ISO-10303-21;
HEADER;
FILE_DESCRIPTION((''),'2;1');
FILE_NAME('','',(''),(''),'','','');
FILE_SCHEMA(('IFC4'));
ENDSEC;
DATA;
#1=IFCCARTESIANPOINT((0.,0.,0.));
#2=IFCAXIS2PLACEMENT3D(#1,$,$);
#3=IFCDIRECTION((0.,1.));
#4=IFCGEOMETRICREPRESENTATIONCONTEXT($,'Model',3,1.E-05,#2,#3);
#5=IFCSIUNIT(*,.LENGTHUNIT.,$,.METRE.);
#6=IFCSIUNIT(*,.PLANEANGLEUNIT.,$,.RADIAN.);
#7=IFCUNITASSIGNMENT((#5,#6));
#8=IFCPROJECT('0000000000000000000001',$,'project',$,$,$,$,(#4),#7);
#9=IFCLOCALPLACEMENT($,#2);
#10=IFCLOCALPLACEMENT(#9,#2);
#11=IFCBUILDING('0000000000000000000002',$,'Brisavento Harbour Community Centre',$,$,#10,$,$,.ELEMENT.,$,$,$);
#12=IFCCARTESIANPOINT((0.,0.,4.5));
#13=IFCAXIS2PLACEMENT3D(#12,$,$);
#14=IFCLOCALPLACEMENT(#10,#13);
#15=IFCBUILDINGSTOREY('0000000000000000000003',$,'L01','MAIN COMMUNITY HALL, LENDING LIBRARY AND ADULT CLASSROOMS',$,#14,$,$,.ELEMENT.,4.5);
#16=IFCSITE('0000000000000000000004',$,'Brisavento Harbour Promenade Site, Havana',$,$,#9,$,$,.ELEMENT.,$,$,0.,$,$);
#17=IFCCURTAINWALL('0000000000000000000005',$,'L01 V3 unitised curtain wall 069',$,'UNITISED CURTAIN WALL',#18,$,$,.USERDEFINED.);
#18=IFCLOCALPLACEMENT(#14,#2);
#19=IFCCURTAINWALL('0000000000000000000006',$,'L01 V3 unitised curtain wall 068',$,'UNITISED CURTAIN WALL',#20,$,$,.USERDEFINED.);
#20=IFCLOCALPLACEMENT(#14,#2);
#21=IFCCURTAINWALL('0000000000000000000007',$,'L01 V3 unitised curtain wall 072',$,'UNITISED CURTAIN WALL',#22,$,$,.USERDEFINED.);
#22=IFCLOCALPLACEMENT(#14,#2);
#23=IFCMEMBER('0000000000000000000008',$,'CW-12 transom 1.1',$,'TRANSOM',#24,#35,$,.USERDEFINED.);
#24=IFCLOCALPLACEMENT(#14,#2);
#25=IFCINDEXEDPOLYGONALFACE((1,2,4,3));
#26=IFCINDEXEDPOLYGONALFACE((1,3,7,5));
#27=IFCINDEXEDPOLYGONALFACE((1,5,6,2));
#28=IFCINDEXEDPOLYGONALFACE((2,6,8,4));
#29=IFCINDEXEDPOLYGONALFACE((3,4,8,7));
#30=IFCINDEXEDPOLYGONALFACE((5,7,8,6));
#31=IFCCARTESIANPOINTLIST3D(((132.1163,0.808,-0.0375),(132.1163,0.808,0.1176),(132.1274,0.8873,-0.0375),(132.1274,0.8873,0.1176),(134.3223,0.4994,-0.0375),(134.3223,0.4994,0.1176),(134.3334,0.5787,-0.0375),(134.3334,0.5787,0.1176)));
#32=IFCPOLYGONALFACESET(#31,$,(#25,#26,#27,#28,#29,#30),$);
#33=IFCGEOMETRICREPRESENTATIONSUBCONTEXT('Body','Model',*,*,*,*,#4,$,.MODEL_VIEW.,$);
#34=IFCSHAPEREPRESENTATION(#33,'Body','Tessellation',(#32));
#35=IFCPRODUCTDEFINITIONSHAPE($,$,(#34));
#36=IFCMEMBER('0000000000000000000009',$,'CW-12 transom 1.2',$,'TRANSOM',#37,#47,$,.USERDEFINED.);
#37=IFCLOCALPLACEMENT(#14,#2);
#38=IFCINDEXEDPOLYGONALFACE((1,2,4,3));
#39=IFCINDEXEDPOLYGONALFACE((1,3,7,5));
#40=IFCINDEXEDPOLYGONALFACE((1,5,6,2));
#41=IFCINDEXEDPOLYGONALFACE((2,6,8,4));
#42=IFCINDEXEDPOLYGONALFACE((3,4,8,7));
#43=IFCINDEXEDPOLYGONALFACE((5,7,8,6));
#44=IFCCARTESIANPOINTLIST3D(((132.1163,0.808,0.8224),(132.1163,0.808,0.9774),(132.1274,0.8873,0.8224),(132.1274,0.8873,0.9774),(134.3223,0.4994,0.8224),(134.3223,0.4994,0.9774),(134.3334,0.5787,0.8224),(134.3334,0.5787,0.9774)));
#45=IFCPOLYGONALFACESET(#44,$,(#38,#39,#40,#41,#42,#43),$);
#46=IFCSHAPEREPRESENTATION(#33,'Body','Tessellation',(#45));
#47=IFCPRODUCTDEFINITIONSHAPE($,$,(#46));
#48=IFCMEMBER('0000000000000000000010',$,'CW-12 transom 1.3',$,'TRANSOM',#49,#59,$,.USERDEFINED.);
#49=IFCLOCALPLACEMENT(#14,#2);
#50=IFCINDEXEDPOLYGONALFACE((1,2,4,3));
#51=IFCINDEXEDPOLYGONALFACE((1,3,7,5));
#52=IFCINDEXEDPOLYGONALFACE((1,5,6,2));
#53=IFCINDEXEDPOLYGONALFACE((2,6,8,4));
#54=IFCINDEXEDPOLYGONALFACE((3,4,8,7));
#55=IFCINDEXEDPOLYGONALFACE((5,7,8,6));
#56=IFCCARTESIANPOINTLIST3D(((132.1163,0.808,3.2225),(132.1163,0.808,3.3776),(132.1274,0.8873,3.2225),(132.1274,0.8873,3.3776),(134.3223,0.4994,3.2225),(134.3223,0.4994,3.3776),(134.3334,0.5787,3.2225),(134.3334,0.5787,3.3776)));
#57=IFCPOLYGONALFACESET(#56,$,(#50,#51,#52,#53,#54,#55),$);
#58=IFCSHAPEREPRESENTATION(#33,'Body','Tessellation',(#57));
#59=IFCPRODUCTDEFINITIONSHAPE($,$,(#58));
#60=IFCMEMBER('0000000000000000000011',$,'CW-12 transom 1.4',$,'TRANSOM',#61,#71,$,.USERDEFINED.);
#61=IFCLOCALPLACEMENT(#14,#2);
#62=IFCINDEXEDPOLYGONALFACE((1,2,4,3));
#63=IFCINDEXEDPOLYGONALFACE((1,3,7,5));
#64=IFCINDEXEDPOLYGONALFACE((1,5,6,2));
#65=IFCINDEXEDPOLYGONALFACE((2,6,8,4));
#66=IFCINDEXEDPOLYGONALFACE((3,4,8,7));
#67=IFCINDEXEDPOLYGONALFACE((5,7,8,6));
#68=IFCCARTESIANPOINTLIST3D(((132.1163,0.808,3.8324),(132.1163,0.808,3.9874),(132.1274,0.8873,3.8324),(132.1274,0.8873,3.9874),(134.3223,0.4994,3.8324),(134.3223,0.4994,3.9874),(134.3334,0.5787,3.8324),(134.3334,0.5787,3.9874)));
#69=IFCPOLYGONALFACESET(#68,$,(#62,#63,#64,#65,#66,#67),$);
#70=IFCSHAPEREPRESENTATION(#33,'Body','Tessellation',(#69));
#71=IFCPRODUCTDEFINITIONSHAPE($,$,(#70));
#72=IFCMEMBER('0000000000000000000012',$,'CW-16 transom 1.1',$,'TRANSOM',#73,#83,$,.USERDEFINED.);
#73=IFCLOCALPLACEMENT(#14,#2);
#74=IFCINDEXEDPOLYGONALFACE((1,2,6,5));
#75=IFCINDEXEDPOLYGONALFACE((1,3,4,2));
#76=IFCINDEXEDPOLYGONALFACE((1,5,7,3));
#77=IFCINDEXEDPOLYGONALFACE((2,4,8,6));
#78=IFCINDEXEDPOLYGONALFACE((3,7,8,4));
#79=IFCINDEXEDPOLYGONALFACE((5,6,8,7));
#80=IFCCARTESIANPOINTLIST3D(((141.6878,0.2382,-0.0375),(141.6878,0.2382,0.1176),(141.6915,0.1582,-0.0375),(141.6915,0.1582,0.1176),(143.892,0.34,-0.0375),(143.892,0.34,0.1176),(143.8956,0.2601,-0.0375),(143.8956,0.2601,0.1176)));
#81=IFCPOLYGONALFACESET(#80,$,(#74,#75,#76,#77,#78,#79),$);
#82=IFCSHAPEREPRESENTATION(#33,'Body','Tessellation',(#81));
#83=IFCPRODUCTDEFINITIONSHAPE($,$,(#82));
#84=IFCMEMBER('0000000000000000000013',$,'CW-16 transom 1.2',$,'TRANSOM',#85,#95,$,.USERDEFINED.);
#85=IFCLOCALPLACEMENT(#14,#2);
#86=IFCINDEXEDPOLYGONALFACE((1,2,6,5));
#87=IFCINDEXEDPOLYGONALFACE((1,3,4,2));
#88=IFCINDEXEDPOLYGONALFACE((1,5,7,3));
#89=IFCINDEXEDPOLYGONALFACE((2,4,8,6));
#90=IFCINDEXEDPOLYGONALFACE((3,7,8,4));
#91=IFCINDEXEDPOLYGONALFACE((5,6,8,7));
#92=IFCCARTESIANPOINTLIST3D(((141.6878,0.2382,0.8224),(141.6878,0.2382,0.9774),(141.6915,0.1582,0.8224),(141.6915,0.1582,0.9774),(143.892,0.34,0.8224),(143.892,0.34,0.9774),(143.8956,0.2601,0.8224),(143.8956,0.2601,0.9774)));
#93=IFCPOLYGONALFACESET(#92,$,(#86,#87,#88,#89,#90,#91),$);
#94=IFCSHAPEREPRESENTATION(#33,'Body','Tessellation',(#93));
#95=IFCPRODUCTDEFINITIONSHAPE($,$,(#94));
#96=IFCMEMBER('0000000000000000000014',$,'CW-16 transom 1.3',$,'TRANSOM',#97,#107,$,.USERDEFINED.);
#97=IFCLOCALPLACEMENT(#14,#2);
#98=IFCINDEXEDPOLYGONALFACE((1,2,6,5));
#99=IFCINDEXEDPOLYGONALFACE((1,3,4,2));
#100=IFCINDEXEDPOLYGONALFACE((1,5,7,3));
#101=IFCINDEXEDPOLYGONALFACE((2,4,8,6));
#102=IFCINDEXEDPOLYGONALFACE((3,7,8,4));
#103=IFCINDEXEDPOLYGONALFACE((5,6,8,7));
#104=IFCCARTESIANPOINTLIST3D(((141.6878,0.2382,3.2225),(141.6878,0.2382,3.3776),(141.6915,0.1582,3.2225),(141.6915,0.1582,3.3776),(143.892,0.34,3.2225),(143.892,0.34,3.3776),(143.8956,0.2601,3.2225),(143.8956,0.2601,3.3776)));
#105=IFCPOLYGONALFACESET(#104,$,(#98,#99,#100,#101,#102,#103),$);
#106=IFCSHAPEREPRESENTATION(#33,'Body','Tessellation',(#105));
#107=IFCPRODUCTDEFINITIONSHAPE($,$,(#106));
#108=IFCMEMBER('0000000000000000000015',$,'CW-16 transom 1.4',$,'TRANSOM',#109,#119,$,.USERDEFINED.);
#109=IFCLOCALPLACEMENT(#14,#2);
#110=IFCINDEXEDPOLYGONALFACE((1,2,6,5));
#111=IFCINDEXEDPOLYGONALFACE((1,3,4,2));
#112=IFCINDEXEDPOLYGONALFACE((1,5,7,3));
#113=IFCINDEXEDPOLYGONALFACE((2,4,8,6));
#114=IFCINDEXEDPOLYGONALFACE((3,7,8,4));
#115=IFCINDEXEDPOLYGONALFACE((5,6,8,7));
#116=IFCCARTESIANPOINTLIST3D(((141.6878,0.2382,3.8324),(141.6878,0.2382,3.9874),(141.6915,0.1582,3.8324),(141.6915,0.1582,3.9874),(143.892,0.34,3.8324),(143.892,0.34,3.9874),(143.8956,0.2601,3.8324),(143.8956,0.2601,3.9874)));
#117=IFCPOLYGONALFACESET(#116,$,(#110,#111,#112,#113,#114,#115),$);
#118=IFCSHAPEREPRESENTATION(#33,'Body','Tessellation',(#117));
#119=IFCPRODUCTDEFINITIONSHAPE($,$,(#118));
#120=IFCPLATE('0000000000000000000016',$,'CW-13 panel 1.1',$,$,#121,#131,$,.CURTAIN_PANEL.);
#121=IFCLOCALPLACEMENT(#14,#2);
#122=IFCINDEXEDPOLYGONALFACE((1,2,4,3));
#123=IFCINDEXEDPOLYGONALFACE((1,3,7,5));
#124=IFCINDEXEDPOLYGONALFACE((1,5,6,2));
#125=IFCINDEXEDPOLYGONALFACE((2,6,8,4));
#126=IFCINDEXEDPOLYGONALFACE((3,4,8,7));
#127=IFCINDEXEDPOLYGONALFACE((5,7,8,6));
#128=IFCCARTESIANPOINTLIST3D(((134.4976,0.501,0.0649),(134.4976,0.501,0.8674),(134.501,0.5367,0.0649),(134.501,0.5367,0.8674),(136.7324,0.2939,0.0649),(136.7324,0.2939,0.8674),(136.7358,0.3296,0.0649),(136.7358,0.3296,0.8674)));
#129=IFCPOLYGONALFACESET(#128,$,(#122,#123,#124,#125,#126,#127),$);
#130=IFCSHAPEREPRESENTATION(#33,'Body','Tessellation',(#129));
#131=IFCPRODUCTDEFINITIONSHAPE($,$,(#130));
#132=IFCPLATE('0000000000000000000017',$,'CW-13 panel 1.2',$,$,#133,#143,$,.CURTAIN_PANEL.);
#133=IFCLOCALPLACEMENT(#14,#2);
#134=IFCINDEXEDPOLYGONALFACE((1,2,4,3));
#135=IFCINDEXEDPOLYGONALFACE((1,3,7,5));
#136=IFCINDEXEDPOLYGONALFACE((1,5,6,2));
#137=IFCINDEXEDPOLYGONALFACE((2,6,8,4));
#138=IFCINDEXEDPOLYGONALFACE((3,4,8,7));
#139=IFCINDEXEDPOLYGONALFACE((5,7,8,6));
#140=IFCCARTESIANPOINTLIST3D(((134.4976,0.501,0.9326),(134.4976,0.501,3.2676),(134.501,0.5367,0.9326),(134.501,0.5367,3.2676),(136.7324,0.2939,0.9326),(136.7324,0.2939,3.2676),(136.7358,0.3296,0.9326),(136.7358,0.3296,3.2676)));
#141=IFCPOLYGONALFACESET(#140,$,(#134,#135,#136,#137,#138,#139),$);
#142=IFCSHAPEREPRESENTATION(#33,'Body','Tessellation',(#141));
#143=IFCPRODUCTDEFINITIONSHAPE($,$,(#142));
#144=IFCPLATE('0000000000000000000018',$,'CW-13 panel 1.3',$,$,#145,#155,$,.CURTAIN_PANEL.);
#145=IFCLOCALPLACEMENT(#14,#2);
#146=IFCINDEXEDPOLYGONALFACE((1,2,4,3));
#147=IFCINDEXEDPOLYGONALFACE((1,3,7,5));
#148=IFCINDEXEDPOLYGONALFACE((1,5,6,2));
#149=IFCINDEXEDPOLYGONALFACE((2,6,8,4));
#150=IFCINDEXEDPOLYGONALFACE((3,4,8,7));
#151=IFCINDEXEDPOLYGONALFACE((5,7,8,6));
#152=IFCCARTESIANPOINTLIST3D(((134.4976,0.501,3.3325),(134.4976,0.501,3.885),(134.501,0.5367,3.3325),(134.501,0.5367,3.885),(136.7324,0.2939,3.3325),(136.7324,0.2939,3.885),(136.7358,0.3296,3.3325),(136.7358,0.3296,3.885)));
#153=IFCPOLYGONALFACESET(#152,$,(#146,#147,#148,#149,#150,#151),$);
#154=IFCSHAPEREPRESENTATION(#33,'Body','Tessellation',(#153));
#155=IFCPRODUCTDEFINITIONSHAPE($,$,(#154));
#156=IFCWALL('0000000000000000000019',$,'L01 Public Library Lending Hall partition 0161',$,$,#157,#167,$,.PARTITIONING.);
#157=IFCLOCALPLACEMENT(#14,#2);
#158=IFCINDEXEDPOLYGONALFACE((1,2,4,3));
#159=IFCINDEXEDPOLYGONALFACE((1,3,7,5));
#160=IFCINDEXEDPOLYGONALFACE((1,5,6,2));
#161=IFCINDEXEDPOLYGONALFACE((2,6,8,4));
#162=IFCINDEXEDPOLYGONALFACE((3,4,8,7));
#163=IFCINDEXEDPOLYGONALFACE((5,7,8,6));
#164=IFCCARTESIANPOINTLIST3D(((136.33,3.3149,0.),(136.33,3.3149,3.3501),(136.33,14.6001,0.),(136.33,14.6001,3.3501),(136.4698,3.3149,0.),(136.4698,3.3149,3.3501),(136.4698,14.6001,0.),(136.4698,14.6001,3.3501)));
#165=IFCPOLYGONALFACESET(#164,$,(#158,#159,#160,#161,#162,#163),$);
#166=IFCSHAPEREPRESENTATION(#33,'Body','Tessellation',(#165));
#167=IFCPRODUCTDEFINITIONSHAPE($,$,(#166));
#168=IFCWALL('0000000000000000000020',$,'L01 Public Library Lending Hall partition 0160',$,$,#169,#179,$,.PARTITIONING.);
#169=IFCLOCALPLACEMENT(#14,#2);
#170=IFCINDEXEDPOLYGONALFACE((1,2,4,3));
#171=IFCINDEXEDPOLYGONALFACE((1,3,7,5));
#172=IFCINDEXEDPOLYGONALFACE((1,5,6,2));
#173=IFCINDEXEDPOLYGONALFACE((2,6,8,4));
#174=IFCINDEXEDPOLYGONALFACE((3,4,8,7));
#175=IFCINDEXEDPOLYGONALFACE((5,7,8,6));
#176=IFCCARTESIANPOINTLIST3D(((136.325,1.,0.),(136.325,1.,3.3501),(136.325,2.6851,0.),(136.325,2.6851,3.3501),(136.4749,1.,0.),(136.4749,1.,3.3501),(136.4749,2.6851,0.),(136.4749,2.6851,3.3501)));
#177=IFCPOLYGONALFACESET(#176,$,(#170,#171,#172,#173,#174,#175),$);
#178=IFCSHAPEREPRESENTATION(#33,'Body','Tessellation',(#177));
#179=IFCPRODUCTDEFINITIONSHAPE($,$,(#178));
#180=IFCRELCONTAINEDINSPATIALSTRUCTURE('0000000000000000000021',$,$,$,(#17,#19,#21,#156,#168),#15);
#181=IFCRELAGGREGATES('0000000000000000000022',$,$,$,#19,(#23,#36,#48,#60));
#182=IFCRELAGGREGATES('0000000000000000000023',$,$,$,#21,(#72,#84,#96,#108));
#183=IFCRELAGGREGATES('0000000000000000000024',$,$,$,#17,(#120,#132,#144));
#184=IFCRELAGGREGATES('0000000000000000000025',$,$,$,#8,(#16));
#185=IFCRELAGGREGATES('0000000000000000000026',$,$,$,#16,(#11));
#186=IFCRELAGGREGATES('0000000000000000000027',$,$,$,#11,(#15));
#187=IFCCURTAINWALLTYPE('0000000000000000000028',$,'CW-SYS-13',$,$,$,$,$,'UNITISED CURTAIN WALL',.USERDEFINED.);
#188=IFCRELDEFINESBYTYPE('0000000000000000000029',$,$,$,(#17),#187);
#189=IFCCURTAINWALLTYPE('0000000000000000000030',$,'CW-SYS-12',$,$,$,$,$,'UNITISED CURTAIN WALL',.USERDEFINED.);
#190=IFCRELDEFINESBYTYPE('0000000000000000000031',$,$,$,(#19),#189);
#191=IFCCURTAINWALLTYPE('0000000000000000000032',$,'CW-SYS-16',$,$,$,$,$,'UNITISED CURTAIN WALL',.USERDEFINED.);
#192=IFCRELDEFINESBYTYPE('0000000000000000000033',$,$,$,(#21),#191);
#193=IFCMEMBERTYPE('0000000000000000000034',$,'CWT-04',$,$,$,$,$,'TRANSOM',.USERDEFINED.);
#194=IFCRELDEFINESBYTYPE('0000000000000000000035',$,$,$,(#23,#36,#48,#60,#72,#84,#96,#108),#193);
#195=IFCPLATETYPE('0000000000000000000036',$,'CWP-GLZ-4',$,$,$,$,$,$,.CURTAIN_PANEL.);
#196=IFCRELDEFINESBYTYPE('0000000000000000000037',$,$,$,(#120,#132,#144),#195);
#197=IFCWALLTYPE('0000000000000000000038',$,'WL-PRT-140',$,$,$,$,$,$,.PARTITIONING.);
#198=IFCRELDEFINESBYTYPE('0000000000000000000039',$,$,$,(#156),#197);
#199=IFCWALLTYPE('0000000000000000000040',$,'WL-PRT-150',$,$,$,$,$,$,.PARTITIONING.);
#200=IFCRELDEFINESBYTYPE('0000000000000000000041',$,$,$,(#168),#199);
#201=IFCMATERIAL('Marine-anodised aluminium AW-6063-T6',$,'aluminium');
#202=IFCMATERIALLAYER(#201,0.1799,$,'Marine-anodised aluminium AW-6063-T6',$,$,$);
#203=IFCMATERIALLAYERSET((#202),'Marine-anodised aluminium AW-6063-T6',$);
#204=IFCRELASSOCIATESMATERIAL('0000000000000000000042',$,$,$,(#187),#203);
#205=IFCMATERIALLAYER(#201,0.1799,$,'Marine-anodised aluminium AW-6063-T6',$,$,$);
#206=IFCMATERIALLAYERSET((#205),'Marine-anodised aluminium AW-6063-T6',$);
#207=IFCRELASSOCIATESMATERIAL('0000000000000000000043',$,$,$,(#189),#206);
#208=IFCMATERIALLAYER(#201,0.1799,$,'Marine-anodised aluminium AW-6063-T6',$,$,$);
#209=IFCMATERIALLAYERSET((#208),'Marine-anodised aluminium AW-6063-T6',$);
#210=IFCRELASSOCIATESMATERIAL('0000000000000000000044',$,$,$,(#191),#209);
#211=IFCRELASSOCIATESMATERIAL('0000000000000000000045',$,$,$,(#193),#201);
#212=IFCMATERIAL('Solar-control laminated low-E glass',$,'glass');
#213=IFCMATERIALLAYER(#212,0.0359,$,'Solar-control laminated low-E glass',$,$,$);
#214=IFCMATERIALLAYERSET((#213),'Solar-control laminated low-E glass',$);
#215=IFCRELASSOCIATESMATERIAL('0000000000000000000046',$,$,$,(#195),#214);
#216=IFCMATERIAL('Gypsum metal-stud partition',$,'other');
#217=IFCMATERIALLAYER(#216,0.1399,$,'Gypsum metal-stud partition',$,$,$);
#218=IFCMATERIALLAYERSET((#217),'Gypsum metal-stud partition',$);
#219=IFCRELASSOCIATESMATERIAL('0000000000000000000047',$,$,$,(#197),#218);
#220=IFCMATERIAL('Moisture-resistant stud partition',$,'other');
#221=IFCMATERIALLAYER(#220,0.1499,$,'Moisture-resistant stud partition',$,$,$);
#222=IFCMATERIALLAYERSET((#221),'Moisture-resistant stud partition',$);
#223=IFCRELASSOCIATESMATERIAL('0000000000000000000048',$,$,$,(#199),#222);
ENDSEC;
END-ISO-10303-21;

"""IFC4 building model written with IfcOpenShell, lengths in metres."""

from ifc_helpers import new_model, si_unit, direction, frame, frame_2d, origin, origin_2d, place, context, subcontext, project, spatial, rectangle, extrude, material, layer, layer_set, material_profile, profile_set, type_object, element, aggregate, save


model = new_model("IFC4")

# Units and contexts
model_context = context("Model", 3, precision=1e-05, world=origin(), true_north=direction((0.0, 1.0)))
body_context = subcontext(model_context, "Body", "Model", "MODEL_VIEW")
ifc_project = project(units=[si_unit("LENGTHUNIT", "METRE"), si_unit("PLANEANGLEUNIT", "RADIAN")], contexts=[model_context])

# Site, building, storey
site_placement = place(None, origin())
site = spatial("IfcSite", under=ifc_project, at=site_placement, Name="Brisavento Harbour Promenade Site, Havana", CompositionType="ELEMENT", RefElevation=0.0)
building_placement = place(site_placement, origin())
building = spatial("IfcBuilding", under=site, at=building_placement, Name="Brisavento Harbour Community Centre", CompositionType="ELEMENT")
storey_placement = place(building_placement, frame((0.0, 0.0, 4.5)))
storey = spatial("IfcBuildingStorey", under=building, at=storey_placement, Name="L01", Description="MAIN COMMUNITY HALL, LENDING LIBRARY AND ADULT CLASSROOMS", CompositionType="ELEMENT", Elevation=4.5)

# Curtain wall
ifc_material_1 = material(Name="Marine-anodised aluminium AW-6063-T6", Category="aluminium")
ifc_layer_1 = layer(ifc_material_1, 0.1799, Name="Marine-anodised aluminium AW-6063-T6")
ifc_layer_set_1 = layer_set([ifc_layer_1], Name="Marine-anodised aluminium AW-6063-T6")
curtain_wall_type_1 = type_object("IfcCurtainWallType", Name="CW-SYS-13", ElementType="UNITISED CURTAIN WALL", PredefinedType="USERDEFINED", material=ifc_layer_set_1)
curtain_wall_1_placement = place(storey_placement, origin())
curtain_wall_1 = element("IfcCurtainWall", 1, at=curtain_wall_1_placement, inside=storey, type_object=curtain_wall_type_1, Name="L01 V3 unitised curtain wall 069", ObjectType="UNITISED CURTAIN WALL", PredefinedType="USERDEFINED")

# Curtain walls
ifc_layer_2 = layer(ifc_material_1, 0.1799, Name="Marine-anodised aluminium AW-6063-T6")
ifc_layer_set_2 = layer_set([ifc_layer_2], Name="Marine-anodised aluminium AW-6063-T6")
curtain_wall_type_2 = type_object("IfcCurtainWallType", Name="CW-SYS-12", ElementType="UNITISED CURTAIN WALL", PredefinedType="USERDEFINED", material=ifc_layer_set_2)
curtain_wall_2_placement = place(storey_placement, origin())
curtain_wall_2 = element("IfcCurtainWall", 2, at=curtain_wall_2_placement, inside=storey, type_object=curtain_wall_type_2, Name="L01 V3 unitised curtain wall 068", ObjectType="UNITISED CURTAIN WALL", PredefinedType="USERDEFINED")
ifc_layer_3 = layer(ifc_material_1, 0.1799, Name="Marine-anodised aluminium AW-6063-T6")
ifc_layer_set_3 = layer_set([ifc_layer_3], Name="Marine-anodised aluminium AW-6063-T6")
curtain_wall_type_3 = type_object("IfcCurtainWallType", Name="CW-SYS-16", ElementType="UNITISED CURTAIN WALL", PredefinedType="USERDEFINED", material=ifc_layer_set_3)
curtain_wall_3_placement = place(storey_placement, origin())
curtain_wall_3 = element("IfcCurtainWall", 3, at=curtain_wall_3_placement, inside=storey, type_object=curtain_wall_type_3, Name="L01 V3 unitised curtain wall 072", ObjectType="UNITISED CURTAIN WALL", PredefinedType="USERDEFINED")

# Members
ifc_material_profile_1 = material_profile(ifc_material_1, rectangle(XDim=0.0801, YDim=0.155, at=origin_2d()), Name="Marine-anodised aluminium AW-6063-T6")
ifc_profile_set_1 = profile_set([ifc_material_profile_1], Name="Marine-anodised aluminium AW-6063-T6")
member_type_1 = type_object("IfcMemberType", Name="CWT-04", ElementType="TRANSOM", PredefinedType="USERDEFINED", material=ifc_profile_set_1)
member_1_placement = place(storey_placement, frame((134.3279, 0.5391, 0.04), z_axis=(-0.990357, 0.138536, 0.0), x_axis=(-0.138536, -0.990357, 0.0)))
member_1 = element("IfcMember", 4, at=member_1_placement, type_object=member_type_1, Name="CW-12 transom 1.1", ObjectType="TRANSOM", PredefinedType="USERDEFINED", context=body_context, shape_type="SweptSolid", body=[
    extrude(rectangle(XDim=0.0801, YDim=0.155, at=origin_2d()), origin(), (0.0, 0.0, 1.0), 2.2275),
])
member_2_placement = place(storey_placement, frame((134.3279, 0.5391, 0.8999), z_axis=(-0.990357, 0.138536, 0.0), x_axis=(-0.138536, -0.990357, 0.0)))
member_2 = element("IfcMember", 5, at=member_2_placement, type_object=member_type_1, Name="CW-12 transom 1.2", ObjectType="TRANSOM", PredefinedType="USERDEFINED", context=body_context, shape_type="SweptSolid", body=[
    extrude(rectangle(XDim=0.0801, YDim=0.155, at=origin_2d()), origin(), (0.0, 0.0, 1.0), 2.2275),
])
member_3_placement = place(storey_placement, frame((134.3279, 0.5391, 3.3), z_axis=(-0.990357, 0.138536, 0.0), x_axis=(-0.138536, -0.990357, 0.0)))
member_3 = element("IfcMember", 6, at=member_3_placement, type_object=member_type_1, Name="CW-12 transom 1.3", ObjectType="TRANSOM", PredefinedType="USERDEFINED", context=body_context, shape_type="SweptSolid", body=[
    extrude(rectangle(XDim=0.0801, YDim=0.155, at=origin_2d()), origin(), (0.0, 0.0, 1.0), 2.2275),
])
member_4_placement = place(storey_placement, frame((134.3279, 0.5391, 3.9099), z_axis=(-0.990357, 0.138536, 0.0), x_axis=(-0.138536, -0.990357, 0.0)))
member_4 = element("IfcMember", 7, at=member_4_placement, type_object=member_type_1, Name="CW-12 transom 1.4", ObjectType="TRANSOM", PredefinedType="USERDEFINED", context=body_context, shape_type="SweptSolid", body=[
    extrude(rectangle(XDim=0.0801, YDim=0.155, at=origin_2d()), origin(), (0.0, 0.0, 1.0), 2.2275),
])
aggregate(curtain_wall_2, [member_1, member_2, member_3, member_4])
member_5_placement = place(storey_placement, frame((143.8938, 0.3, 0.04), z_axis=(-0.998935, -0.04614, 0.0), x_axis=(0.04614, -0.998935, 0.0)))
member_5 = element("IfcMember", 8, at=member_5_placement, type_object=member_type_1, Name="CW-16 transom 1.1", ObjectType="TRANSOM", PredefinedType="USERDEFINED", context=body_context, shape_type="SweptSolid", body=[
    extrude(rectangle(XDim=0.0801, YDim=0.155, at=origin_2d()), origin(), (0.0, 0.0, 1.0), 2.2065),
])
member_6_placement = place(storey_placement, frame((143.8938, 0.3, 0.8999), z_axis=(-0.998935, -0.04614, 0.0), x_axis=(0.04614, -0.998935, 0.0)))
member_6 = element("IfcMember", 9, at=member_6_placement, type_object=member_type_1, Name="CW-16 transom 1.2", ObjectType="TRANSOM", PredefinedType="USERDEFINED", context=body_context, shape_type="SweptSolid", body=[
    extrude(rectangle(XDim=0.0801, YDim=0.155, at=origin_2d()), origin(), (0.0, 0.0, 1.0), 2.2065),
])
member_7_placement = place(storey_placement, frame((143.8938, 0.3, 3.3), z_axis=(-0.998935, -0.04614, 0.0), x_axis=(0.04614, -0.998935, 0.0)))
member_7 = element("IfcMember", 10, at=member_7_placement, type_object=member_type_1, Name="CW-16 transom 1.3", ObjectType="TRANSOM", PredefinedType="USERDEFINED", context=body_context, shape_type="SweptSolid", body=[
    extrude(rectangle(XDim=0.0801, YDim=0.155, at=origin_2d()), origin(), (0.0, 0.0, 1.0), 2.2065),
])
member_8_placement = place(storey_placement, frame((143.8938, 0.3, 3.9099), z_axis=(-0.998935, -0.04614, 0.0), x_axis=(0.04614, -0.998935, 0.0)))
member_8 = element("IfcMember", 11, at=member_8_placement, type_object=member_type_1, Name="CW-16 transom 1.4", ObjectType="TRANSOM", PredefinedType="USERDEFINED", context=body_context, shape_type="SweptSolid", body=[
    extrude(rectangle(XDim=0.0801, YDim=0.155, at=origin_2d()), origin(), (0.0, 0.0, 1.0), 2.2065),
])
aggregate(curtain_wall_3, [member_5, member_6, member_7, member_8])

# Plates
ifc_material_2 = material(Name="Solar-control laminated low-E glass", Category="glass")
ifc_layer_4 = layer(ifc_material_2, 0.0359, Name="Solar-control laminated low-E glass")
ifc_layer_set_4 = layer_set([ifc_layer_4], Name="Solar-control laminated low-E glass")
plate_type = type_object("IfcPlateType", Name="CWP-GLZ-4", PredefinedType="CURTAIN_PANEL", material=ifc_layer_set_4)
plate_1_placement = place(storey_placement, frame((135.6167, 0.4153, 0.0649), z_axis=(0.0, 0.0, 1.0), x_axis=(-0.995733, 0.092279, 0.0)))
plate_1 = element("IfcPlate", 12, at=plate_1_placement, type_object=plate_type, Name="CW-13 panel 1.1", PredefinedType="CURTAIN_PANEL", context=body_context, shape_type="SweptSolid", body=[
    extrude(rectangle(XDim=2.2444, YDim=0.0359, at=origin_2d()), origin(), (0.0, 0.0, 1.0), 0.8025),
])
plate_2_placement = place(storey_placement, frame((135.6167, 0.4153, 0.9326), z_axis=(0.0, 0.0, 1.0), x_axis=(-0.995733, 0.092279, 0.0)))
plate_2 = element("IfcPlate", 13, at=plate_2_placement, type_object=plate_type, Name="CW-13 panel 1.2", PredefinedType="CURTAIN_PANEL", context=body_context, shape_type="SweptSolid", body=[
    extrude(rectangle(XDim=2.2444, YDim=0.0359, at=origin_2d()), origin(), (0.0, 0.0, 1.0), 2.335),
])
plate_3_placement = place(storey_placement, frame((135.6167, 0.4153, 3.3325), z_axis=(0.0, 0.0, 1.0), x_axis=(-0.995733, 0.092279, 0.0)))
plate_3 = element("IfcPlate", 14, at=plate_3_placement, type_object=plate_type, Name="CW-13 panel 1.3", PredefinedType="CURTAIN_PANEL", context=body_context, shape_type="SweptSolid", body=[
    extrude(rectangle(XDim=2.2444, YDim=0.0359, at=origin_2d()), origin(), (0.0, 0.0, 1.0), 0.5525),
])
aggregate(curtain_wall_1, [plate_1, plate_2, plate_3])

# Walls
ifc_material_3 = material(Name="Gypsum metal-stud partition", Category="other")
ifc_layer_5 = layer(ifc_material_3, 0.1399, Name="Gypsum metal-stud partition")
ifc_layer_set_5 = layer_set([ifc_layer_5], Name="Gypsum metal-stud partition")
wall_type_1 = type_object("IfcWallType", Name="WL-PRT-140", PredefinedType="PARTITIONING", material=ifc_layer_set_5)
wall_1_placement = place(storey_placement, frame((136.3999, 3.3149, 0.0), z_axis=(0.0, 0.0, 1.0), x_axis=(0.0, 1.0, 0.0)))
element("IfcWall", 15, at=wall_1_placement, inside=storey, type_object=wall_type_1, Name="L01 Public Library Lending Hall partition 0161", PredefinedType="PARTITIONING", context=body_context, shape_type="SweptSolid", body=[
    extrude(rectangle(XDim=11.2852, YDim=0.1399, at=frame_2d((5.6426, 0.0))), origin(), (0.0, 0.0, 1.0), 3.3501),
])
ifc_material_4 = material(Name="Moisture-resistant stud partition", Category="other")
ifc_layer_6 = layer(ifc_material_4, 0.1499, Name="Moisture-resistant stud partition")
ifc_layer_set_6 = layer_set([ifc_layer_6], Name="Moisture-resistant stud partition")
wall_type_2 = type_object("IfcWallType", Name="WL-PRT-150", PredefinedType="PARTITIONING", material=ifc_layer_set_6)
wall_2_placement = place(storey_placement, frame((136.3999, 1.0, 0.0), z_axis=(0.0, 0.0, 1.0), x_axis=(0.0, 1.0, 0.0)))
element("IfcWall", 16, at=wall_2_placement, inside=storey, type_object=wall_type_2, Name="L01 Public Library Lending Hall partition 0160", PredefinedType="PARTITIONING", context=body_context, shape_type="SweptSolid", body=[
    extrude(rectangle(XDim=1.6851, YDim=0.1499, at=frame_2d((0.8425, 0.0))), origin(), (0.0, 0.0, 1.0), 3.3501),
])

save(model, "model.ifc")
